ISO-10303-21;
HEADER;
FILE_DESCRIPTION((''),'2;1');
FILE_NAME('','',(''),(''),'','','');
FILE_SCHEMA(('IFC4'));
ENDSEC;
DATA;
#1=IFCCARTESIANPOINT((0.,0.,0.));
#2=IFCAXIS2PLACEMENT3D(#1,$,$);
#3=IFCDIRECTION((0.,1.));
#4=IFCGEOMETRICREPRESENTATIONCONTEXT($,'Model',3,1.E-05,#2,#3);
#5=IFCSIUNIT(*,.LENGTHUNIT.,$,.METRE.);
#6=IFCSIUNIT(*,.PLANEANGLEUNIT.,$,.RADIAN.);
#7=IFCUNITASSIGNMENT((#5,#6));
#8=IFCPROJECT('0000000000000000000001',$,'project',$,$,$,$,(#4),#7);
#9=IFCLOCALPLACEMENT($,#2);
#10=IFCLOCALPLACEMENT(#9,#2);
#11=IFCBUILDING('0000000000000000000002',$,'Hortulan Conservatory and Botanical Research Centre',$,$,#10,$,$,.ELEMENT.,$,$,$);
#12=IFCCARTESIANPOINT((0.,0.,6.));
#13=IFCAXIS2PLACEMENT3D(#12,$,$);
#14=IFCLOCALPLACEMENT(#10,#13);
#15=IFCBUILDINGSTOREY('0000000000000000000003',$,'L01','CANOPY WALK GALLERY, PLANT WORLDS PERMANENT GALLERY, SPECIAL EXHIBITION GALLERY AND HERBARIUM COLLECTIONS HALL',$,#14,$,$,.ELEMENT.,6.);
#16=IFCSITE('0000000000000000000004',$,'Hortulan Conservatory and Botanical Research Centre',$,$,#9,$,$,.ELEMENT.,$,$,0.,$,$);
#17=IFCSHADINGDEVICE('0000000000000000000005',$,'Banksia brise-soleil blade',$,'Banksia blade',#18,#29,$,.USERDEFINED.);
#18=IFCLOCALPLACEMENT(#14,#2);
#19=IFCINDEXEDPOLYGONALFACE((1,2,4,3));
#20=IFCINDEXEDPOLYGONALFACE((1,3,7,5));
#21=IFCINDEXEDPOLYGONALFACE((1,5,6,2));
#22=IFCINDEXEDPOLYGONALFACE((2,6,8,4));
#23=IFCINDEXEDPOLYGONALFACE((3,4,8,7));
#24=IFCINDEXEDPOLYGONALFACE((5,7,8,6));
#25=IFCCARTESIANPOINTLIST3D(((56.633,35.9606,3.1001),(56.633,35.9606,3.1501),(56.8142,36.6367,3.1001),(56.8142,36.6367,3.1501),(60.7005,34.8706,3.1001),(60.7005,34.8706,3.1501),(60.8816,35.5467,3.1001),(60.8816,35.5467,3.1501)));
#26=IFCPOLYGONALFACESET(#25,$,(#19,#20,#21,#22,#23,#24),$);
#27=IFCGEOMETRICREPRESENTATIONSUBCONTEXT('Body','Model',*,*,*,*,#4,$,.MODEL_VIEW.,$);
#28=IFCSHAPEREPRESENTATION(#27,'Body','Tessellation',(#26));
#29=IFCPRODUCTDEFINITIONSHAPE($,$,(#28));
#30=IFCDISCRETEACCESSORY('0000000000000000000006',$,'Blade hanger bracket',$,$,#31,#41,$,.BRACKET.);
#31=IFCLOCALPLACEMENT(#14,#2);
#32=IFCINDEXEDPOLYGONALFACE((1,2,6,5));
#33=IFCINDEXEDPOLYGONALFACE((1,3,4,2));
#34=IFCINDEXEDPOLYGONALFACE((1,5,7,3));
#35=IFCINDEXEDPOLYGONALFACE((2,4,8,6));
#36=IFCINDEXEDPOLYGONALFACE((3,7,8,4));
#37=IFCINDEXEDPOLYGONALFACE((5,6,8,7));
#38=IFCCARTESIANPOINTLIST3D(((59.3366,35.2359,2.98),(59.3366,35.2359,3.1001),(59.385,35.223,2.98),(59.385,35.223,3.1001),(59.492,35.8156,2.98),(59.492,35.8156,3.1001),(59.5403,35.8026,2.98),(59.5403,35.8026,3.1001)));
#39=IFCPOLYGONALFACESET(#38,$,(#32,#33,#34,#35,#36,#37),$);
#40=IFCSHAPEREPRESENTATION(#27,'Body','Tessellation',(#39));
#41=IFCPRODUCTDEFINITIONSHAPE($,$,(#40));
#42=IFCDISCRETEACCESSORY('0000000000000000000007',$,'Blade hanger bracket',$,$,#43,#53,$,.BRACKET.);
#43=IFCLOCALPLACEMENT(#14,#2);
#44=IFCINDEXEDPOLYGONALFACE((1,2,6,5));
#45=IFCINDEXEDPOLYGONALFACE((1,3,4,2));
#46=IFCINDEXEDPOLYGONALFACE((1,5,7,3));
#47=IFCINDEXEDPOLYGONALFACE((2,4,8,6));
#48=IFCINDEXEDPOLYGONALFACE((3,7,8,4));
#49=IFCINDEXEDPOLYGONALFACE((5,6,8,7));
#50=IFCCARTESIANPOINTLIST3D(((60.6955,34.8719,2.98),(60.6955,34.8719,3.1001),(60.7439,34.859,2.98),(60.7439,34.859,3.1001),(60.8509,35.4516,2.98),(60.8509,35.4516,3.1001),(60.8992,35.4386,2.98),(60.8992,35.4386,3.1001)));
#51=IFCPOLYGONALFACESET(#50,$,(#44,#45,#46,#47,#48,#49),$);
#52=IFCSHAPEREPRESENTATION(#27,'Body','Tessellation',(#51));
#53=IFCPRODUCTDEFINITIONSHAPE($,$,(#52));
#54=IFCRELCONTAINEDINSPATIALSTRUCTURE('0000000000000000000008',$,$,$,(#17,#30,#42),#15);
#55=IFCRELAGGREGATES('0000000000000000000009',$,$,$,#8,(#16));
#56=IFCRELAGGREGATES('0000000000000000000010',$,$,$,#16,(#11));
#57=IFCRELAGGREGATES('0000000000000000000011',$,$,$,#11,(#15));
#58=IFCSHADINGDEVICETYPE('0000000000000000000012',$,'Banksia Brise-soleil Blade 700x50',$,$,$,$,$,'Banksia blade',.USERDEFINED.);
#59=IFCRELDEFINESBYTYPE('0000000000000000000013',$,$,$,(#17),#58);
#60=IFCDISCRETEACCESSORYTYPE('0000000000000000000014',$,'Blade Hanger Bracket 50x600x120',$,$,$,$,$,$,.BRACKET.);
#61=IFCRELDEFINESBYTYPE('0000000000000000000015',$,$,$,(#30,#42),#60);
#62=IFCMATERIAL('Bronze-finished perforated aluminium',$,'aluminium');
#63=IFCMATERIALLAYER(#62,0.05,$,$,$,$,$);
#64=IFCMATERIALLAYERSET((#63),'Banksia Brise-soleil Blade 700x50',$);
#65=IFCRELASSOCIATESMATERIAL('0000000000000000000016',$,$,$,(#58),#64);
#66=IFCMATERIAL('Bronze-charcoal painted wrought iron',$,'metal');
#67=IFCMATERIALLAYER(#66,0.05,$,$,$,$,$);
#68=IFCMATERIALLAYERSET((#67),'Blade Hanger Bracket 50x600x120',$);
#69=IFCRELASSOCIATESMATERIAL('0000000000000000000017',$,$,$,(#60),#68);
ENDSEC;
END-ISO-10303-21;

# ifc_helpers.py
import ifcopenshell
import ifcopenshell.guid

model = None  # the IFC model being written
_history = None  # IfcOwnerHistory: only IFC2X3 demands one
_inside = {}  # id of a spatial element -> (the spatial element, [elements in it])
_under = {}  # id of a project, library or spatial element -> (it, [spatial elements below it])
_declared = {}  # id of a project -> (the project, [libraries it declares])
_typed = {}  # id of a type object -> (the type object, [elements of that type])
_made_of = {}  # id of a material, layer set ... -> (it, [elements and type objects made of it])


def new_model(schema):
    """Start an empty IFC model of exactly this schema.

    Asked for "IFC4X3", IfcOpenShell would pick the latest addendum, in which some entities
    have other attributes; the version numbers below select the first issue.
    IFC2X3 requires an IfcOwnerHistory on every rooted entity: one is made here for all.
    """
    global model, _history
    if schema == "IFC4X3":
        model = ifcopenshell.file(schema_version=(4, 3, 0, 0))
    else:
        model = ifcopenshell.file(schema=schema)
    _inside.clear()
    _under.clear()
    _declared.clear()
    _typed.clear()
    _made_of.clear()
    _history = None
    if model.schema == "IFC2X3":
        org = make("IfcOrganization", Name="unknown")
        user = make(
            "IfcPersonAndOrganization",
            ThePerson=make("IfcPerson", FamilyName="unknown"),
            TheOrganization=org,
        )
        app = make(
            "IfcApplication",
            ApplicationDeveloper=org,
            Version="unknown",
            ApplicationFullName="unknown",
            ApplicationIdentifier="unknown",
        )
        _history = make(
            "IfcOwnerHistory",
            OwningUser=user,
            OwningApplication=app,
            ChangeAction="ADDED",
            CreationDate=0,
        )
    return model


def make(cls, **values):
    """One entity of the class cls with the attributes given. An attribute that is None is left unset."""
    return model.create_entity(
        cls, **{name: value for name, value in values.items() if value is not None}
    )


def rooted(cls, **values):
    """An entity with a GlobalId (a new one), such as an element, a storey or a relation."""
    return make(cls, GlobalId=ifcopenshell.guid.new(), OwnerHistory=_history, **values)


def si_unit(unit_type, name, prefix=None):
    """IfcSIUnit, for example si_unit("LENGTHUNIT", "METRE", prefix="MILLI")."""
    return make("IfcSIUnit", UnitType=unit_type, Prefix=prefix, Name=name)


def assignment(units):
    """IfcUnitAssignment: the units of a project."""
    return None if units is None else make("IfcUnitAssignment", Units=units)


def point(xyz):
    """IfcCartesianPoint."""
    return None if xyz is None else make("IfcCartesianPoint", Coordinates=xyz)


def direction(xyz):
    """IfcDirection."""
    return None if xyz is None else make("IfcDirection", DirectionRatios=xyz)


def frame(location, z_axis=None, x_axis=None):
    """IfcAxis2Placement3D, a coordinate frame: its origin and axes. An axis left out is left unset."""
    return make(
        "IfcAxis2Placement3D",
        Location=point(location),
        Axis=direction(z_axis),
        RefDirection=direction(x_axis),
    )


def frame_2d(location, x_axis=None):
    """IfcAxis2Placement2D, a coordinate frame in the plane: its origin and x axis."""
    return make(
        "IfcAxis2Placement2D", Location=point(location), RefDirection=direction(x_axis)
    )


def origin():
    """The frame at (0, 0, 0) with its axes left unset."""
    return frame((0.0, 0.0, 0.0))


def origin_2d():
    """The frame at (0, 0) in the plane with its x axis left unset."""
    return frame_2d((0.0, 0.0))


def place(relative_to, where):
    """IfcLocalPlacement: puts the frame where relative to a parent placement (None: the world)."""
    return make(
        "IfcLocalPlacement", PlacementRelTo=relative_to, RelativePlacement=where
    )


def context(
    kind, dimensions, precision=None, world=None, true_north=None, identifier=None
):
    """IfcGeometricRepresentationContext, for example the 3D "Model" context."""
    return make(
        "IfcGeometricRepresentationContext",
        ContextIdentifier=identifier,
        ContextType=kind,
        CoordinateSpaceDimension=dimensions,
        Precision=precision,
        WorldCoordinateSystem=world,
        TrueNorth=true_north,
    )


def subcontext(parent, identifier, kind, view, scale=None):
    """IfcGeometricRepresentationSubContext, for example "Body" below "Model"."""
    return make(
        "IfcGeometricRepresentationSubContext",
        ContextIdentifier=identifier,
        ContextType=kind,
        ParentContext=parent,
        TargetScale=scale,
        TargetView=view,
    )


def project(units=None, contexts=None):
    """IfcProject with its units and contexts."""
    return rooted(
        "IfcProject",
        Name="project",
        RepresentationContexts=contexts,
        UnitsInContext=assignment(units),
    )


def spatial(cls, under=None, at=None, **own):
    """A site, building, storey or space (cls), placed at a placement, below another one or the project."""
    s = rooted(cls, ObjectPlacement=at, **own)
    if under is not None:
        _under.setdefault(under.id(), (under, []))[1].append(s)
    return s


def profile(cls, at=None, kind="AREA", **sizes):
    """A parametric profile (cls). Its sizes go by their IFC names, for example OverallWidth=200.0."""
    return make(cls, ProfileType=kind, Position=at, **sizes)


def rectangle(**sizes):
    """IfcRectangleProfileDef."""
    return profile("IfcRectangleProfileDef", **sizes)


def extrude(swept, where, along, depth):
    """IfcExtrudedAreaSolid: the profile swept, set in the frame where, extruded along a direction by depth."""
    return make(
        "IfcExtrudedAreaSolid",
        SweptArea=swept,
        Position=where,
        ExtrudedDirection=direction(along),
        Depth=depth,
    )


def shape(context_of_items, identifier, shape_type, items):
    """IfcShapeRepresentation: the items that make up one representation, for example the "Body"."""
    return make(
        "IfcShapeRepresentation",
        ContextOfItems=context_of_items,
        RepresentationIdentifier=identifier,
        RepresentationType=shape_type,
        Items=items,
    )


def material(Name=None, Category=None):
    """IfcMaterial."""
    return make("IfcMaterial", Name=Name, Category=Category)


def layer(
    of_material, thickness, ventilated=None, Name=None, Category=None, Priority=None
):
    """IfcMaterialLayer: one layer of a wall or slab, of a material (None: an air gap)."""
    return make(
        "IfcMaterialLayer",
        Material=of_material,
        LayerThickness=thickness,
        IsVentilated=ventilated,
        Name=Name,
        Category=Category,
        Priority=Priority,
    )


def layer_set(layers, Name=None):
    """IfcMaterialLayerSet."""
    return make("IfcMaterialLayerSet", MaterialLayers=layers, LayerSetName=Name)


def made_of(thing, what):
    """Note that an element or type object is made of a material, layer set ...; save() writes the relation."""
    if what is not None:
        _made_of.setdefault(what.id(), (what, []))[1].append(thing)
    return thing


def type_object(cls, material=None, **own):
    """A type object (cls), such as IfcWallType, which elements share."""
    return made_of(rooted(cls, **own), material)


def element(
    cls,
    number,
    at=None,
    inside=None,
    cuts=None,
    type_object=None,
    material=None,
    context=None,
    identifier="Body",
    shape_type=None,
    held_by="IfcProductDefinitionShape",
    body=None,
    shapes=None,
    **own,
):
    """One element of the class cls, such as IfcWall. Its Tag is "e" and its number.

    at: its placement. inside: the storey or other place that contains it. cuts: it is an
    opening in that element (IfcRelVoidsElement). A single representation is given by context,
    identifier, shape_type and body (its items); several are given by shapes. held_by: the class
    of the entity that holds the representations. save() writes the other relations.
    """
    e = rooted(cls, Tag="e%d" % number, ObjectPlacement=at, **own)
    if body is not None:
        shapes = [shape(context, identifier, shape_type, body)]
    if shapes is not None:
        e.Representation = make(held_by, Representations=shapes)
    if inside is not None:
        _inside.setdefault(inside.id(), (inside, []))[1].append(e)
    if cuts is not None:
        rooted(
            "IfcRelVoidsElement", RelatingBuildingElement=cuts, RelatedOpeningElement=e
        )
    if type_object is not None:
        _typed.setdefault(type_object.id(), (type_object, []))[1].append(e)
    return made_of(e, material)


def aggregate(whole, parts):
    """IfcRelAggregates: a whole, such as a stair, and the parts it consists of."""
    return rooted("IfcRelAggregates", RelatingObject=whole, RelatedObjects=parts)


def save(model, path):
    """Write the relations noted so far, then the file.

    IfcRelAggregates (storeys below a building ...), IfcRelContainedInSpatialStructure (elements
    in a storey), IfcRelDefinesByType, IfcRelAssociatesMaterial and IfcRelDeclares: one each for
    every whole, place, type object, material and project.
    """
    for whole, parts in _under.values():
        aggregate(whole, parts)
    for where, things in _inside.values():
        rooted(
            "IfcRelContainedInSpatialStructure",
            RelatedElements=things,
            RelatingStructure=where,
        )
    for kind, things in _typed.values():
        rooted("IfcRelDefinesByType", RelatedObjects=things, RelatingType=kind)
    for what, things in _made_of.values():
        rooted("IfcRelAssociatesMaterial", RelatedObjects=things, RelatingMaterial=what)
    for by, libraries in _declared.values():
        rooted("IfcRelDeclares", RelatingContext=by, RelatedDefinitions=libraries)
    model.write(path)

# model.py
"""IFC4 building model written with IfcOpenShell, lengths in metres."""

from ifc_helpers import new_model, si_unit, direction, frame, origin, origin_2d, place, context, subcontext, project, spatial, rectangle, extrude, material, layer, layer_set, type_object, element, save


model = new_model("IFC4")

# Units and contexts
model_context = context("Model", 3, precision=1e-05, world=origin(), true_north=direction((0.0, 1.0)))
body_context = subcontext(model_context, "Body", "Model", "MODEL_VIEW")
ifc_project = project(units=[si_unit("LENGTHUNIT", "METRE"), si_unit("PLANEANGLEUNIT", "RADIAN")], contexts=[model_context])

# Site, building, storey
site_placement = place(None, origin())
site = spatial("IfcSite", under=ifc_project, at=site_placement, Name="Hortulan Conservatory and Botanical Research Centre", CompositionType="ELEMENT", RefElevation=0.0)
building_placement = place(site_placement, origin())
building = spatial("IfcBuilding", under=site, at=building_placement, Name="Hortulan Conservatory and Botanical Research Centre", CompositionType="ELEMENT")
storey_placement = place(building_placement, frame((0.0, 0.0, 6.0)))
storey = spatial("IfcBuildingStorey", under=building, at=storey_placement, Name="L01", Description="CANOPY WALK GALLERY, PLANT WORLDS PERMANENT GALLERY, SPECIAL EXHIBITION GALLERY AND HERBARIUM COLLECTIONS HALL", CompositionType="ELEMENT", Elevation=6.0)

# Shading device
ifc_material_1 = material(Name="Bronze-finished perforated aluminium", Category="aluminium")
ifc_layer_1 = layer(ifc_material_1, 0.05)
ifc_layer_set_1 = layer_set([ifc_layer_1], Name="Banksia Brise-soleil Blade 700x50")
shading_device_type = type_object("IfcShadingDeviceType", Name="Banksia Brise-soleil Blade 700x50", ElementType="Banksia blade", PredefinedType="USERDEFINED", material=ifc_layer_set_1)
shading_device_placement = place(storey_placement, frame((58.7573, 35.7537, 3.1001), z_axis=(0.0, 0.0, 1.0), x_axis=(0.965922, -0.258833, 0.0)))
element("IfcShadingDevice", 1, at=shading_device_placement, inside=storey, type_object=shading_device_type, Name="Banksia brise-soleil blade", ObjectType="Banksia blade", PredefinedType="USERDEFINED", context=body_context, shape_type="SweptSolid", body=[
    extrude(rectangle(XDim=4.2109, YDim=0.7, at=origin_2d()), origin(), (0.0, 0.0, 1.0), 0.05),
])

# Discrete accessories
ifc_material_2 = material(Name="Bronze-charcoal painted wrought iron", Category="metal")
ifc_layer_2 = layer(ifc_material_2, 0.05)
ifc_layer_set_2 = layer_set([ifc_layer_2], Name="Blade Hanger Bracket 50x600x120")
discrete_accessory_type = type_object("IfcDiscreteAccessoryType", Name="Blade Hanger Bracket 50x600x120", PredefinedType="BRACKET", material=ifc_layer_set_2)
for number, where, z_axis, x_axis, name in (
    (2, (59.4385, 35.5193, 2.98), (0.0, 0.0, 1.0), (0.965922, -0.258833, 0.0), "Blade hanger bracket"),
    (3, (60.7974, 35.1553, 2.98), (0.0, 0.0, 1.0), (0.965922, -0.258833, 0.0), "Blade hanger bracket"),
):
    element("IfcDiscreteAccessory", number, at=place(storey_placement, frame(where, z_axis=z_axis, x_axis=x_axis)), inside=storey, type_object=discrete_accessory_type, Name=name, PredefinedType="BRACKET", context=body_context, shape_type="SweptSolid", body=[
        extrude(rectangle(XDim=0.05, YDim=0.6001, at=origin_2d()), origin(), (0.0, 0.0, 1.0), 0.1201),
    ])

save(model, "model.ifc")
